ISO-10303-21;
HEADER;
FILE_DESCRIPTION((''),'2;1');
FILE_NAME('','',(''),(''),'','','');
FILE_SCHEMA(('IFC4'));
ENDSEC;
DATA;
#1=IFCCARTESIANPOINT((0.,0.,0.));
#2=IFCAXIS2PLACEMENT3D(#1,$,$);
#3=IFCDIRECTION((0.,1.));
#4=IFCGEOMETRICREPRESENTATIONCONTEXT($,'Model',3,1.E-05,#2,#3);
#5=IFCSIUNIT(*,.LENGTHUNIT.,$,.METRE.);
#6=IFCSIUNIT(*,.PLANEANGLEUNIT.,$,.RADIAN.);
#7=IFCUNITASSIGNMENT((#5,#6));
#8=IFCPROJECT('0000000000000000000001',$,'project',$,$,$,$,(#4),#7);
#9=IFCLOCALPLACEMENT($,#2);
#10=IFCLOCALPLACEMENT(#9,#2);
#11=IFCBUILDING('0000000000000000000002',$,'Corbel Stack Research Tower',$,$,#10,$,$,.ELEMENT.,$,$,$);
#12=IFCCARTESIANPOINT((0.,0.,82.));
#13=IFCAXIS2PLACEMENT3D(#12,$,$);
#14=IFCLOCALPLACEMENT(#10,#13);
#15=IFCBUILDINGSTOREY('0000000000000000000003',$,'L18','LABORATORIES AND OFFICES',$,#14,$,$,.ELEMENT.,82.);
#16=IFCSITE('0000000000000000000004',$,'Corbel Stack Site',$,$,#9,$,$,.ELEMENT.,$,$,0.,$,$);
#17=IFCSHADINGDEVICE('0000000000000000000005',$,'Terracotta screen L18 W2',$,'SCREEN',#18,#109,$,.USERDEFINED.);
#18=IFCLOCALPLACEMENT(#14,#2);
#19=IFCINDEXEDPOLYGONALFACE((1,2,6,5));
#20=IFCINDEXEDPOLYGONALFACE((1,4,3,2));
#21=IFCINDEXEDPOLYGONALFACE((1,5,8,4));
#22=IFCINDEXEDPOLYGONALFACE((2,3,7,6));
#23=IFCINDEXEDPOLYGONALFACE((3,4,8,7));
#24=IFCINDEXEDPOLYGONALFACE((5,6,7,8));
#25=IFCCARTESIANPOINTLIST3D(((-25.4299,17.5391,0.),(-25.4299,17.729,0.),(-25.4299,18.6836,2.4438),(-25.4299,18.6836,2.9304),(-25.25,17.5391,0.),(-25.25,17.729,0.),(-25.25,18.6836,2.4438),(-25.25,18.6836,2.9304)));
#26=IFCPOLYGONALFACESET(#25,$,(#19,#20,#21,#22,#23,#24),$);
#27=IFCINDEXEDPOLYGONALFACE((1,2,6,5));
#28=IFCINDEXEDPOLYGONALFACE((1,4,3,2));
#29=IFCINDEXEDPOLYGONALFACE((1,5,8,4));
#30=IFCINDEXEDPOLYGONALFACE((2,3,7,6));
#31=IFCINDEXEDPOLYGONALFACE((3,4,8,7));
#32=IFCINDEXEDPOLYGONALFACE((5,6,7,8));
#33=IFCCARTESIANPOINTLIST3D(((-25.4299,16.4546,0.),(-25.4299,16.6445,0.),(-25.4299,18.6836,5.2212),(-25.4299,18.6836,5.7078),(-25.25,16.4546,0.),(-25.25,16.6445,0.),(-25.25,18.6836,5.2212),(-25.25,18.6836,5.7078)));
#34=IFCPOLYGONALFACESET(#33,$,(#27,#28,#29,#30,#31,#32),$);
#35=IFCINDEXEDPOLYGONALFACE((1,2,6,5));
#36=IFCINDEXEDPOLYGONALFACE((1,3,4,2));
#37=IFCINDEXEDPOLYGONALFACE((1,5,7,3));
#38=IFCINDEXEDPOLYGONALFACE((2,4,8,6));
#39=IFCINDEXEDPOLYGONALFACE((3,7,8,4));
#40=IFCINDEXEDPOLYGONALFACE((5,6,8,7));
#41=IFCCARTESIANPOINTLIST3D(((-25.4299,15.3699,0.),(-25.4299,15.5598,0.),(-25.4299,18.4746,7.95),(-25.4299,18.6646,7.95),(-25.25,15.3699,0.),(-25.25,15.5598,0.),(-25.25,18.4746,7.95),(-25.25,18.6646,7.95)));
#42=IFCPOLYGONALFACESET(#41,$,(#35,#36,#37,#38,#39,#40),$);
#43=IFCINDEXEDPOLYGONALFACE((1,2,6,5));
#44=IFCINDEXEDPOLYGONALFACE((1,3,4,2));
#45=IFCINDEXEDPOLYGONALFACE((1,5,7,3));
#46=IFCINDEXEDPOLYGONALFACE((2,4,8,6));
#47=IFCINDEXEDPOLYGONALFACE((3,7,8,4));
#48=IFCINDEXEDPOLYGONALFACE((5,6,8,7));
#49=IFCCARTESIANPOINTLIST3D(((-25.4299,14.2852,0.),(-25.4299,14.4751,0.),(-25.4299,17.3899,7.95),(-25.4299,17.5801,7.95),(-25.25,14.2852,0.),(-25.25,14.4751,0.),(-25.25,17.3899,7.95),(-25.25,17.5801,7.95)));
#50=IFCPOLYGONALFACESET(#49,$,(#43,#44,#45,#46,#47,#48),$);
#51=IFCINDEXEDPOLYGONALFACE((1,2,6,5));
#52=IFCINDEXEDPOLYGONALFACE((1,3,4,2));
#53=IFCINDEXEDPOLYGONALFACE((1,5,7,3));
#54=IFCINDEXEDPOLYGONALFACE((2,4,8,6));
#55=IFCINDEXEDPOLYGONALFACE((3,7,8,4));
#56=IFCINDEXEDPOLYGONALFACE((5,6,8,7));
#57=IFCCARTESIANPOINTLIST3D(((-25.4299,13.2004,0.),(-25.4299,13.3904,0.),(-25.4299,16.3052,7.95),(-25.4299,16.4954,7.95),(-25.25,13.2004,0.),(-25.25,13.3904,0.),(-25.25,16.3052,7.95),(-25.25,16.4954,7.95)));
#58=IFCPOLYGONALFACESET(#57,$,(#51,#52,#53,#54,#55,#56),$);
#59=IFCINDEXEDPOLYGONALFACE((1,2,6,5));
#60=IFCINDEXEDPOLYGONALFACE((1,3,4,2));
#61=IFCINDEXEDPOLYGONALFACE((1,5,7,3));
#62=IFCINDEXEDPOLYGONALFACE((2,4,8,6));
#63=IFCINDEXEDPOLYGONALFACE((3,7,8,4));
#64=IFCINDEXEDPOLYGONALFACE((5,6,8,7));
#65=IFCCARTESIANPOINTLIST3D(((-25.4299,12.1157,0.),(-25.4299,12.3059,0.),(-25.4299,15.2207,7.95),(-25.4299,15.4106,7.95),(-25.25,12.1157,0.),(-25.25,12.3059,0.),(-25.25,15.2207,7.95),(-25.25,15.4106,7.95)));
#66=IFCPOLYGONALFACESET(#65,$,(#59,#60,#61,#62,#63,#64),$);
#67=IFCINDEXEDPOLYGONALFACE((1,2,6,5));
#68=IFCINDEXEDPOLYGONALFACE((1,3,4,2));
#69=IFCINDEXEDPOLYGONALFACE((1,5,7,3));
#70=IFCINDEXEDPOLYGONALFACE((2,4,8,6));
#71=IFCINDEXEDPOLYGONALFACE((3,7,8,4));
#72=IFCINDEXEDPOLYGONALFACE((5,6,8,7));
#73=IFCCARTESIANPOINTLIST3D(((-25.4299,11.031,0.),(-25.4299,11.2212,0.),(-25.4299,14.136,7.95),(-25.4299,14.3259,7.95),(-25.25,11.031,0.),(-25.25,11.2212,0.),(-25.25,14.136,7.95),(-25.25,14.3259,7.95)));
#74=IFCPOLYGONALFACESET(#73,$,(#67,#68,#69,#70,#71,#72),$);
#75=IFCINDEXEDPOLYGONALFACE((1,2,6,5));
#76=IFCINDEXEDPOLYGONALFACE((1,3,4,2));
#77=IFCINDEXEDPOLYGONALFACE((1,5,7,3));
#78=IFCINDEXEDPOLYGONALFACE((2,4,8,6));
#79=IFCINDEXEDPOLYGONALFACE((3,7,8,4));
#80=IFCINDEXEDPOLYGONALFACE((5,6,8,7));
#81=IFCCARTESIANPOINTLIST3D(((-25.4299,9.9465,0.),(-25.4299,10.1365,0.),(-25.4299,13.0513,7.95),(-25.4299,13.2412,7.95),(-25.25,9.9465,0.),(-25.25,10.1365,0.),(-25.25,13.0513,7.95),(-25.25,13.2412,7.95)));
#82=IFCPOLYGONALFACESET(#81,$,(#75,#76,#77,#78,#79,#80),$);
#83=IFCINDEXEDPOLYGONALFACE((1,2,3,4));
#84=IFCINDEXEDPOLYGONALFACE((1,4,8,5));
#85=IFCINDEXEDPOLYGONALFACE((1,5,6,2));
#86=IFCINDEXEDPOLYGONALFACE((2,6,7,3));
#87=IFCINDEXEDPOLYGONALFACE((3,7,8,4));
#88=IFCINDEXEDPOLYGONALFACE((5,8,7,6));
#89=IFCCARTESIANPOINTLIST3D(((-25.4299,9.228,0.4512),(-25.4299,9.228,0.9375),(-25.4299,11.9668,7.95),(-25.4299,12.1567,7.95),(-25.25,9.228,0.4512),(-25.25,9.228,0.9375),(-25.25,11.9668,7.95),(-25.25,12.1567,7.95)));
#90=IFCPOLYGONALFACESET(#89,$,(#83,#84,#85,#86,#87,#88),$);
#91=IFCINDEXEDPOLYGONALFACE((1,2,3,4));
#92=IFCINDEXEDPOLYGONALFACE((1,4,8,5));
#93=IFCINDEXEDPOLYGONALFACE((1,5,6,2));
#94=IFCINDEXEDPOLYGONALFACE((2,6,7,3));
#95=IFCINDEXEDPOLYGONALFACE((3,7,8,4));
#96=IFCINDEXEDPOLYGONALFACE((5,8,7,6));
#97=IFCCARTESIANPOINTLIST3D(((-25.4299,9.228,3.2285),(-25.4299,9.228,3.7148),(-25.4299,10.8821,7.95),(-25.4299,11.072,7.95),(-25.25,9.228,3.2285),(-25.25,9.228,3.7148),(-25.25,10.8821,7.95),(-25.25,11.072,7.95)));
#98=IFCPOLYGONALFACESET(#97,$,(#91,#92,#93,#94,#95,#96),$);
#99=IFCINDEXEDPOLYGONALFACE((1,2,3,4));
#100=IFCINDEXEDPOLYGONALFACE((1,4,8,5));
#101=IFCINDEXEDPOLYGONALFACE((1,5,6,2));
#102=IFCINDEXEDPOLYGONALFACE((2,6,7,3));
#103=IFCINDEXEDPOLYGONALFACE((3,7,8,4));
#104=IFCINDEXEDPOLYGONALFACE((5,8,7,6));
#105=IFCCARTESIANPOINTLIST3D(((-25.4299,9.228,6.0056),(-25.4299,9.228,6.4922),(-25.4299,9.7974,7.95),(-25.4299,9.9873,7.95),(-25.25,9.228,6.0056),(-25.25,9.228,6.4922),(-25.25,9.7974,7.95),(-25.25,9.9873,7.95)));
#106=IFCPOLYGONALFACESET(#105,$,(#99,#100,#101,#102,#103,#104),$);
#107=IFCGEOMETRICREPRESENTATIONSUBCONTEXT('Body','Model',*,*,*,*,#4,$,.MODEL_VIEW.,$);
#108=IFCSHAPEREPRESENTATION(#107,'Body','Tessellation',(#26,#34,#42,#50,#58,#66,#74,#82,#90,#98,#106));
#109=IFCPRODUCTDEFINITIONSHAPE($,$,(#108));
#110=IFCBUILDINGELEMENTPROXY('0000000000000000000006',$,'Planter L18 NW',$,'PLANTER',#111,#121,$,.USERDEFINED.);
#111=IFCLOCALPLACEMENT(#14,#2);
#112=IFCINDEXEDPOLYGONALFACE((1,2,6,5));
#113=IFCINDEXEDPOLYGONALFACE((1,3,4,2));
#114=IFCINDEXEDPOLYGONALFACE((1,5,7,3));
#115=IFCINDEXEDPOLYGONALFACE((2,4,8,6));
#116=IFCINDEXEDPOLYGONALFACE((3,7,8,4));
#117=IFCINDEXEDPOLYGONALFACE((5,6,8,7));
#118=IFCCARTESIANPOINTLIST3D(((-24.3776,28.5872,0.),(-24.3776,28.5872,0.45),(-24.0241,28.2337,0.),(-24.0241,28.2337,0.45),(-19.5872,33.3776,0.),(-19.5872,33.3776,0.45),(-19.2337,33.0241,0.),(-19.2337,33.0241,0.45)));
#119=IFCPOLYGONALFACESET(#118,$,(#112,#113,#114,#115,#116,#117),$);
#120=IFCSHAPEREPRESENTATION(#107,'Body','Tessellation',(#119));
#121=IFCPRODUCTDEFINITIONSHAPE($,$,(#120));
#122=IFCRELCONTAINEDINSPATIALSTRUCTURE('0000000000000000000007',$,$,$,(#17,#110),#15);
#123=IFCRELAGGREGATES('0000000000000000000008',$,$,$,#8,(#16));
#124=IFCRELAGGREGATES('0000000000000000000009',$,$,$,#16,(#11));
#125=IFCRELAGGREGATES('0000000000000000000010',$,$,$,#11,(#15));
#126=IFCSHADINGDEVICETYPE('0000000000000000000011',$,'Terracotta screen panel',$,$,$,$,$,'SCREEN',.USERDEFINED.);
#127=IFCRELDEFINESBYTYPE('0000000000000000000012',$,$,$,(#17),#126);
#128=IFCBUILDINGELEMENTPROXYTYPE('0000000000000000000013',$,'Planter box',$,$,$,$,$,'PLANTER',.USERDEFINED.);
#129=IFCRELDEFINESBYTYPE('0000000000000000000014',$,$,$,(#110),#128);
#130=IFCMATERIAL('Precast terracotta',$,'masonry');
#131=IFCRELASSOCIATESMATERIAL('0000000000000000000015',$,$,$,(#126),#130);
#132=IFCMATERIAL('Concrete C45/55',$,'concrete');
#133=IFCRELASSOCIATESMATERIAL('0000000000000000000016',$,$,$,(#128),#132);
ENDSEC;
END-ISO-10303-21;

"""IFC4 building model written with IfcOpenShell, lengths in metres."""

from ifc_helpers import new_model, si_unit, direction, frame, origin, origin_2d, place, context, subcontext, project, spatial, polyline, rectangle, outline, extrude, source, transform, mapped, material, type_object, element, save


model = new_model("IFC4")

# Units and contexts
model_context = context("Model", 3, precision=1e-05, world=origin(), true_north=direction((0.0, 1.0)))
body_context = subcontext(model_context, "Body", "Model", "MODEL_VIEW")
ifc_project = project(units=[si_unit("LENGTHUNIT", "METRE"), si_unit("PLANEANGLEUNIT", "RADIAN")], contexts=[model_context])

# Site, building, storey
site_placement = place(None, origin())
site = spatial("IfcSite", under=ifc_project, at=site_placement, Name="Corbel Stack Site", CompositionType="ELEMENT", RefElevation=0.0)
building_placement = place(site_placement, origin())
building = spatial("IfcBuilding", under=site, at=building_placement, Name="Corbel Stack Research Tower", CompositionType="ELEMENT")
storey_placement = place(building_placement, frame((0.0, 0.0, 82.0)))
storey = spatial("IfcBuildingStorey", under=building, at=storey_placement, Name="L18", Description="LABORATORIES AND OFFICES", CompositionType="ELEMENT", Elevation=82.0)

# Shading device
ifc_material_1 = material(Name="Precast terracotta", Category="masonry")
shading_device_type = type_object("IfcShadingDeviceType", Name="Terracotta screen panel", ElementType="SCREEN", PredefinedType="USERDEFINED", material=ifc_material_1)
shared_shape_1 = source(origin(), body_context, "Body", "SweptSolid", [
    extrude(outline(polyline([(1.1445, 0.0), (0.0, 2.9304), (0.0, 2.4438), (0.9546, 0.0), (1.1445, 0.0)])), frame((0.0, 0.0, 0.0), z_axis=(0.0, -1.0, 0.0), x_axis=(1.0, 0.0, 0.0)), (0.0, 0.0, 1.0), 0.1799),
    extrude(outline(polyline([(2.229, 0.0), (0.0, 5.7078), (0.0, 5.2212), (2.0391, 0.0), (2.229, 0.0)])), frame((0.0, 0.0, 0.0), z_axis=(0.0, -1.0, 0.0), x_axis=(1.0, 0.0, 0.0)), (0.0, 0.0, 1.0), 0.1799),
    extrude(outline(polyline([(3.3137, 0.0), (0.209, 7.95), (0.019, 7.95), (3.1238, 0.0), (3.3137, 0.0)])), frame((0.0, 0.0, 0.0), z_axis=(0.0, -1.0, 0.0), x_axis=(1.0, 0.0, 0.0)), (0.0, 0.0, 1.0), 0.1799),
    extrude(outline(polyline([(4.3984, 0.0), (1.2937, 7.95), (1.1035, 7.95), (4.2085, 0.0), (4.3984, 0.0)])), frame((0.0, 0.0, 0.0), z_axis=(0.0, -1.0, 0.0), x_axis=(1.0, 0.0, 0.0)), (0.0, 0.0, 1.0), 0.1799),
    extrude(outline(polyline([(5.4832, 0.0), (2.3784, 7.95), (2.1882, 7.95), (5.2932, 0.0), (5.4832, 0.0)])), frame((0.0, 0.0, 0.0), z_axis=(0.0, -1.0, 0.0), x_axis=(1.0, 0.0, 0.0)), (0.0, 0.0, 1.0), 0.1799),
    extrude(outline(polyline([(6.5679, 0.0), (3.4629, 7.95), (3.2729, 7.95), (6.3777, 0.0), (6.5679, 0.0)])), frame((0.0, 0.0, 0.0), z_axis=(0.0, -1.0, 0.0), x_axis=(1.0, 0.0, 0.0)), (0.0, 0.0, 1.0), 0.1799),
    extrude(outline(polyline([(7.6526, 0.0), (4.5476, 7.95), (4.3577, 7.95), (7.4624, 0.0), (7.6526, 0.0)])), frame((0.0, 0.0, 0.0), z_axis=(0.0, -1.0, 0.0), x_axis=(1.0, 0.0, 0.0)), (0.0, 0.0, 1.0), 0.1799),
    extrude(outline(polyline([(8.7371, 0.0), (5.6323, 7.95), (5.4424, 7.95), (8.5471, 0.0), (8.7371, 0.0)])), frame((0.0, 0.0, 0.0), z_axis=(0.0, -1.0, 0.0), x_axis=(1.0, 0.0, 0.0)), (0.0, 0.0, 1.0), 0.1799),
    extrude(outline(polyline([(6.7168, 7.95), (6.5269, 7.95), (9.4556, 0.4512), (9.4556, 0.9375), (6.7168, 7.95)])), frame((0.0, 0.0, 0.0), z_axis=(0.0, -1.0, 0.0), x_axis=(1.0, 0.0, 0.0)), (0.0, 0.0, 1.0), 0.1799),
    extrude(outline(polyline([(7.8015, 7.95), (7.6116, 7.95), (9.4556, 3.2285), (9.4556, 3.7148), (7.8015, 7.95)])), frame((0.0, 0.0, 0.0), z_axis=(0.0, -1.0, 0.0), x_axis=(1.0, 0.0, 0.0)), (0.0, 0.0, 1.0), 0.1799),
    extrude(outline(polyline([(8.8862, 7.95), (8.6963, 7.95), (9.4556, 6.0056), (9.4556, 6.4922), (8.8862, 7.95)])), frame((0.0, 0.0, 0.0), z_axis=(0.0, -1.0, 0.0), x_axis=(1.0, 0.0, 0.0)), (0.0, 0.0, 1.0), 0.1799),
])
shading_device_1_placement = place(storey_placement, frame((-25.25, 18.6836, 0.0), z_axis=(0.0, 0.0, 1.0), x_axis=(0.0, -1.0, 0.0)))
element("IfcShadingDevice", 1, at=shading_device_1_placement, inside=storey, type_object=shading_device_type, Name="Terracotta screen L18 W2", ObjectType="SCREEN", PredefinedType="USERDEFINED", context=body_context, shape_type="MappedRepresentation", body=[
    mapped(shared_shape_1, transform((0.0, 0.0, 0.0))),
])

# Building element proxy
ifc_material_2 = material(Name="Concrete C45/55", Category="concrete")
building_element_proxy_type = type_object("IfcBuildingElementProxyType", Name="Planter box", ElementType="PLANTER", PredefinedType="USERDEFINED", material=ifc_material_2)
proxy_placement = place(storey_placement, frame((-21.8057, 30.8057, 0.0), z_axis=(0.0, 0.0, 1.0), x_axis=(-0.707107, -0.707107, 0.0)))
element("IfcBuildingElementProxy", 2, at=proxy_placement, inside=storey, type_object=building_element_proxy_type, Name="Planter L18 NW", ObjectType="PLANTER", PredefinedType="USERDEFINED", context=body_context, shape_type="SweptSolid", body=[
    extrude(rectangle(XDim=6.7747, YDim=0.5, at=origin_2d()), origin(), (0.0, 0.0, 1.0), 0.45),
])

save(model, "model.ifc")
